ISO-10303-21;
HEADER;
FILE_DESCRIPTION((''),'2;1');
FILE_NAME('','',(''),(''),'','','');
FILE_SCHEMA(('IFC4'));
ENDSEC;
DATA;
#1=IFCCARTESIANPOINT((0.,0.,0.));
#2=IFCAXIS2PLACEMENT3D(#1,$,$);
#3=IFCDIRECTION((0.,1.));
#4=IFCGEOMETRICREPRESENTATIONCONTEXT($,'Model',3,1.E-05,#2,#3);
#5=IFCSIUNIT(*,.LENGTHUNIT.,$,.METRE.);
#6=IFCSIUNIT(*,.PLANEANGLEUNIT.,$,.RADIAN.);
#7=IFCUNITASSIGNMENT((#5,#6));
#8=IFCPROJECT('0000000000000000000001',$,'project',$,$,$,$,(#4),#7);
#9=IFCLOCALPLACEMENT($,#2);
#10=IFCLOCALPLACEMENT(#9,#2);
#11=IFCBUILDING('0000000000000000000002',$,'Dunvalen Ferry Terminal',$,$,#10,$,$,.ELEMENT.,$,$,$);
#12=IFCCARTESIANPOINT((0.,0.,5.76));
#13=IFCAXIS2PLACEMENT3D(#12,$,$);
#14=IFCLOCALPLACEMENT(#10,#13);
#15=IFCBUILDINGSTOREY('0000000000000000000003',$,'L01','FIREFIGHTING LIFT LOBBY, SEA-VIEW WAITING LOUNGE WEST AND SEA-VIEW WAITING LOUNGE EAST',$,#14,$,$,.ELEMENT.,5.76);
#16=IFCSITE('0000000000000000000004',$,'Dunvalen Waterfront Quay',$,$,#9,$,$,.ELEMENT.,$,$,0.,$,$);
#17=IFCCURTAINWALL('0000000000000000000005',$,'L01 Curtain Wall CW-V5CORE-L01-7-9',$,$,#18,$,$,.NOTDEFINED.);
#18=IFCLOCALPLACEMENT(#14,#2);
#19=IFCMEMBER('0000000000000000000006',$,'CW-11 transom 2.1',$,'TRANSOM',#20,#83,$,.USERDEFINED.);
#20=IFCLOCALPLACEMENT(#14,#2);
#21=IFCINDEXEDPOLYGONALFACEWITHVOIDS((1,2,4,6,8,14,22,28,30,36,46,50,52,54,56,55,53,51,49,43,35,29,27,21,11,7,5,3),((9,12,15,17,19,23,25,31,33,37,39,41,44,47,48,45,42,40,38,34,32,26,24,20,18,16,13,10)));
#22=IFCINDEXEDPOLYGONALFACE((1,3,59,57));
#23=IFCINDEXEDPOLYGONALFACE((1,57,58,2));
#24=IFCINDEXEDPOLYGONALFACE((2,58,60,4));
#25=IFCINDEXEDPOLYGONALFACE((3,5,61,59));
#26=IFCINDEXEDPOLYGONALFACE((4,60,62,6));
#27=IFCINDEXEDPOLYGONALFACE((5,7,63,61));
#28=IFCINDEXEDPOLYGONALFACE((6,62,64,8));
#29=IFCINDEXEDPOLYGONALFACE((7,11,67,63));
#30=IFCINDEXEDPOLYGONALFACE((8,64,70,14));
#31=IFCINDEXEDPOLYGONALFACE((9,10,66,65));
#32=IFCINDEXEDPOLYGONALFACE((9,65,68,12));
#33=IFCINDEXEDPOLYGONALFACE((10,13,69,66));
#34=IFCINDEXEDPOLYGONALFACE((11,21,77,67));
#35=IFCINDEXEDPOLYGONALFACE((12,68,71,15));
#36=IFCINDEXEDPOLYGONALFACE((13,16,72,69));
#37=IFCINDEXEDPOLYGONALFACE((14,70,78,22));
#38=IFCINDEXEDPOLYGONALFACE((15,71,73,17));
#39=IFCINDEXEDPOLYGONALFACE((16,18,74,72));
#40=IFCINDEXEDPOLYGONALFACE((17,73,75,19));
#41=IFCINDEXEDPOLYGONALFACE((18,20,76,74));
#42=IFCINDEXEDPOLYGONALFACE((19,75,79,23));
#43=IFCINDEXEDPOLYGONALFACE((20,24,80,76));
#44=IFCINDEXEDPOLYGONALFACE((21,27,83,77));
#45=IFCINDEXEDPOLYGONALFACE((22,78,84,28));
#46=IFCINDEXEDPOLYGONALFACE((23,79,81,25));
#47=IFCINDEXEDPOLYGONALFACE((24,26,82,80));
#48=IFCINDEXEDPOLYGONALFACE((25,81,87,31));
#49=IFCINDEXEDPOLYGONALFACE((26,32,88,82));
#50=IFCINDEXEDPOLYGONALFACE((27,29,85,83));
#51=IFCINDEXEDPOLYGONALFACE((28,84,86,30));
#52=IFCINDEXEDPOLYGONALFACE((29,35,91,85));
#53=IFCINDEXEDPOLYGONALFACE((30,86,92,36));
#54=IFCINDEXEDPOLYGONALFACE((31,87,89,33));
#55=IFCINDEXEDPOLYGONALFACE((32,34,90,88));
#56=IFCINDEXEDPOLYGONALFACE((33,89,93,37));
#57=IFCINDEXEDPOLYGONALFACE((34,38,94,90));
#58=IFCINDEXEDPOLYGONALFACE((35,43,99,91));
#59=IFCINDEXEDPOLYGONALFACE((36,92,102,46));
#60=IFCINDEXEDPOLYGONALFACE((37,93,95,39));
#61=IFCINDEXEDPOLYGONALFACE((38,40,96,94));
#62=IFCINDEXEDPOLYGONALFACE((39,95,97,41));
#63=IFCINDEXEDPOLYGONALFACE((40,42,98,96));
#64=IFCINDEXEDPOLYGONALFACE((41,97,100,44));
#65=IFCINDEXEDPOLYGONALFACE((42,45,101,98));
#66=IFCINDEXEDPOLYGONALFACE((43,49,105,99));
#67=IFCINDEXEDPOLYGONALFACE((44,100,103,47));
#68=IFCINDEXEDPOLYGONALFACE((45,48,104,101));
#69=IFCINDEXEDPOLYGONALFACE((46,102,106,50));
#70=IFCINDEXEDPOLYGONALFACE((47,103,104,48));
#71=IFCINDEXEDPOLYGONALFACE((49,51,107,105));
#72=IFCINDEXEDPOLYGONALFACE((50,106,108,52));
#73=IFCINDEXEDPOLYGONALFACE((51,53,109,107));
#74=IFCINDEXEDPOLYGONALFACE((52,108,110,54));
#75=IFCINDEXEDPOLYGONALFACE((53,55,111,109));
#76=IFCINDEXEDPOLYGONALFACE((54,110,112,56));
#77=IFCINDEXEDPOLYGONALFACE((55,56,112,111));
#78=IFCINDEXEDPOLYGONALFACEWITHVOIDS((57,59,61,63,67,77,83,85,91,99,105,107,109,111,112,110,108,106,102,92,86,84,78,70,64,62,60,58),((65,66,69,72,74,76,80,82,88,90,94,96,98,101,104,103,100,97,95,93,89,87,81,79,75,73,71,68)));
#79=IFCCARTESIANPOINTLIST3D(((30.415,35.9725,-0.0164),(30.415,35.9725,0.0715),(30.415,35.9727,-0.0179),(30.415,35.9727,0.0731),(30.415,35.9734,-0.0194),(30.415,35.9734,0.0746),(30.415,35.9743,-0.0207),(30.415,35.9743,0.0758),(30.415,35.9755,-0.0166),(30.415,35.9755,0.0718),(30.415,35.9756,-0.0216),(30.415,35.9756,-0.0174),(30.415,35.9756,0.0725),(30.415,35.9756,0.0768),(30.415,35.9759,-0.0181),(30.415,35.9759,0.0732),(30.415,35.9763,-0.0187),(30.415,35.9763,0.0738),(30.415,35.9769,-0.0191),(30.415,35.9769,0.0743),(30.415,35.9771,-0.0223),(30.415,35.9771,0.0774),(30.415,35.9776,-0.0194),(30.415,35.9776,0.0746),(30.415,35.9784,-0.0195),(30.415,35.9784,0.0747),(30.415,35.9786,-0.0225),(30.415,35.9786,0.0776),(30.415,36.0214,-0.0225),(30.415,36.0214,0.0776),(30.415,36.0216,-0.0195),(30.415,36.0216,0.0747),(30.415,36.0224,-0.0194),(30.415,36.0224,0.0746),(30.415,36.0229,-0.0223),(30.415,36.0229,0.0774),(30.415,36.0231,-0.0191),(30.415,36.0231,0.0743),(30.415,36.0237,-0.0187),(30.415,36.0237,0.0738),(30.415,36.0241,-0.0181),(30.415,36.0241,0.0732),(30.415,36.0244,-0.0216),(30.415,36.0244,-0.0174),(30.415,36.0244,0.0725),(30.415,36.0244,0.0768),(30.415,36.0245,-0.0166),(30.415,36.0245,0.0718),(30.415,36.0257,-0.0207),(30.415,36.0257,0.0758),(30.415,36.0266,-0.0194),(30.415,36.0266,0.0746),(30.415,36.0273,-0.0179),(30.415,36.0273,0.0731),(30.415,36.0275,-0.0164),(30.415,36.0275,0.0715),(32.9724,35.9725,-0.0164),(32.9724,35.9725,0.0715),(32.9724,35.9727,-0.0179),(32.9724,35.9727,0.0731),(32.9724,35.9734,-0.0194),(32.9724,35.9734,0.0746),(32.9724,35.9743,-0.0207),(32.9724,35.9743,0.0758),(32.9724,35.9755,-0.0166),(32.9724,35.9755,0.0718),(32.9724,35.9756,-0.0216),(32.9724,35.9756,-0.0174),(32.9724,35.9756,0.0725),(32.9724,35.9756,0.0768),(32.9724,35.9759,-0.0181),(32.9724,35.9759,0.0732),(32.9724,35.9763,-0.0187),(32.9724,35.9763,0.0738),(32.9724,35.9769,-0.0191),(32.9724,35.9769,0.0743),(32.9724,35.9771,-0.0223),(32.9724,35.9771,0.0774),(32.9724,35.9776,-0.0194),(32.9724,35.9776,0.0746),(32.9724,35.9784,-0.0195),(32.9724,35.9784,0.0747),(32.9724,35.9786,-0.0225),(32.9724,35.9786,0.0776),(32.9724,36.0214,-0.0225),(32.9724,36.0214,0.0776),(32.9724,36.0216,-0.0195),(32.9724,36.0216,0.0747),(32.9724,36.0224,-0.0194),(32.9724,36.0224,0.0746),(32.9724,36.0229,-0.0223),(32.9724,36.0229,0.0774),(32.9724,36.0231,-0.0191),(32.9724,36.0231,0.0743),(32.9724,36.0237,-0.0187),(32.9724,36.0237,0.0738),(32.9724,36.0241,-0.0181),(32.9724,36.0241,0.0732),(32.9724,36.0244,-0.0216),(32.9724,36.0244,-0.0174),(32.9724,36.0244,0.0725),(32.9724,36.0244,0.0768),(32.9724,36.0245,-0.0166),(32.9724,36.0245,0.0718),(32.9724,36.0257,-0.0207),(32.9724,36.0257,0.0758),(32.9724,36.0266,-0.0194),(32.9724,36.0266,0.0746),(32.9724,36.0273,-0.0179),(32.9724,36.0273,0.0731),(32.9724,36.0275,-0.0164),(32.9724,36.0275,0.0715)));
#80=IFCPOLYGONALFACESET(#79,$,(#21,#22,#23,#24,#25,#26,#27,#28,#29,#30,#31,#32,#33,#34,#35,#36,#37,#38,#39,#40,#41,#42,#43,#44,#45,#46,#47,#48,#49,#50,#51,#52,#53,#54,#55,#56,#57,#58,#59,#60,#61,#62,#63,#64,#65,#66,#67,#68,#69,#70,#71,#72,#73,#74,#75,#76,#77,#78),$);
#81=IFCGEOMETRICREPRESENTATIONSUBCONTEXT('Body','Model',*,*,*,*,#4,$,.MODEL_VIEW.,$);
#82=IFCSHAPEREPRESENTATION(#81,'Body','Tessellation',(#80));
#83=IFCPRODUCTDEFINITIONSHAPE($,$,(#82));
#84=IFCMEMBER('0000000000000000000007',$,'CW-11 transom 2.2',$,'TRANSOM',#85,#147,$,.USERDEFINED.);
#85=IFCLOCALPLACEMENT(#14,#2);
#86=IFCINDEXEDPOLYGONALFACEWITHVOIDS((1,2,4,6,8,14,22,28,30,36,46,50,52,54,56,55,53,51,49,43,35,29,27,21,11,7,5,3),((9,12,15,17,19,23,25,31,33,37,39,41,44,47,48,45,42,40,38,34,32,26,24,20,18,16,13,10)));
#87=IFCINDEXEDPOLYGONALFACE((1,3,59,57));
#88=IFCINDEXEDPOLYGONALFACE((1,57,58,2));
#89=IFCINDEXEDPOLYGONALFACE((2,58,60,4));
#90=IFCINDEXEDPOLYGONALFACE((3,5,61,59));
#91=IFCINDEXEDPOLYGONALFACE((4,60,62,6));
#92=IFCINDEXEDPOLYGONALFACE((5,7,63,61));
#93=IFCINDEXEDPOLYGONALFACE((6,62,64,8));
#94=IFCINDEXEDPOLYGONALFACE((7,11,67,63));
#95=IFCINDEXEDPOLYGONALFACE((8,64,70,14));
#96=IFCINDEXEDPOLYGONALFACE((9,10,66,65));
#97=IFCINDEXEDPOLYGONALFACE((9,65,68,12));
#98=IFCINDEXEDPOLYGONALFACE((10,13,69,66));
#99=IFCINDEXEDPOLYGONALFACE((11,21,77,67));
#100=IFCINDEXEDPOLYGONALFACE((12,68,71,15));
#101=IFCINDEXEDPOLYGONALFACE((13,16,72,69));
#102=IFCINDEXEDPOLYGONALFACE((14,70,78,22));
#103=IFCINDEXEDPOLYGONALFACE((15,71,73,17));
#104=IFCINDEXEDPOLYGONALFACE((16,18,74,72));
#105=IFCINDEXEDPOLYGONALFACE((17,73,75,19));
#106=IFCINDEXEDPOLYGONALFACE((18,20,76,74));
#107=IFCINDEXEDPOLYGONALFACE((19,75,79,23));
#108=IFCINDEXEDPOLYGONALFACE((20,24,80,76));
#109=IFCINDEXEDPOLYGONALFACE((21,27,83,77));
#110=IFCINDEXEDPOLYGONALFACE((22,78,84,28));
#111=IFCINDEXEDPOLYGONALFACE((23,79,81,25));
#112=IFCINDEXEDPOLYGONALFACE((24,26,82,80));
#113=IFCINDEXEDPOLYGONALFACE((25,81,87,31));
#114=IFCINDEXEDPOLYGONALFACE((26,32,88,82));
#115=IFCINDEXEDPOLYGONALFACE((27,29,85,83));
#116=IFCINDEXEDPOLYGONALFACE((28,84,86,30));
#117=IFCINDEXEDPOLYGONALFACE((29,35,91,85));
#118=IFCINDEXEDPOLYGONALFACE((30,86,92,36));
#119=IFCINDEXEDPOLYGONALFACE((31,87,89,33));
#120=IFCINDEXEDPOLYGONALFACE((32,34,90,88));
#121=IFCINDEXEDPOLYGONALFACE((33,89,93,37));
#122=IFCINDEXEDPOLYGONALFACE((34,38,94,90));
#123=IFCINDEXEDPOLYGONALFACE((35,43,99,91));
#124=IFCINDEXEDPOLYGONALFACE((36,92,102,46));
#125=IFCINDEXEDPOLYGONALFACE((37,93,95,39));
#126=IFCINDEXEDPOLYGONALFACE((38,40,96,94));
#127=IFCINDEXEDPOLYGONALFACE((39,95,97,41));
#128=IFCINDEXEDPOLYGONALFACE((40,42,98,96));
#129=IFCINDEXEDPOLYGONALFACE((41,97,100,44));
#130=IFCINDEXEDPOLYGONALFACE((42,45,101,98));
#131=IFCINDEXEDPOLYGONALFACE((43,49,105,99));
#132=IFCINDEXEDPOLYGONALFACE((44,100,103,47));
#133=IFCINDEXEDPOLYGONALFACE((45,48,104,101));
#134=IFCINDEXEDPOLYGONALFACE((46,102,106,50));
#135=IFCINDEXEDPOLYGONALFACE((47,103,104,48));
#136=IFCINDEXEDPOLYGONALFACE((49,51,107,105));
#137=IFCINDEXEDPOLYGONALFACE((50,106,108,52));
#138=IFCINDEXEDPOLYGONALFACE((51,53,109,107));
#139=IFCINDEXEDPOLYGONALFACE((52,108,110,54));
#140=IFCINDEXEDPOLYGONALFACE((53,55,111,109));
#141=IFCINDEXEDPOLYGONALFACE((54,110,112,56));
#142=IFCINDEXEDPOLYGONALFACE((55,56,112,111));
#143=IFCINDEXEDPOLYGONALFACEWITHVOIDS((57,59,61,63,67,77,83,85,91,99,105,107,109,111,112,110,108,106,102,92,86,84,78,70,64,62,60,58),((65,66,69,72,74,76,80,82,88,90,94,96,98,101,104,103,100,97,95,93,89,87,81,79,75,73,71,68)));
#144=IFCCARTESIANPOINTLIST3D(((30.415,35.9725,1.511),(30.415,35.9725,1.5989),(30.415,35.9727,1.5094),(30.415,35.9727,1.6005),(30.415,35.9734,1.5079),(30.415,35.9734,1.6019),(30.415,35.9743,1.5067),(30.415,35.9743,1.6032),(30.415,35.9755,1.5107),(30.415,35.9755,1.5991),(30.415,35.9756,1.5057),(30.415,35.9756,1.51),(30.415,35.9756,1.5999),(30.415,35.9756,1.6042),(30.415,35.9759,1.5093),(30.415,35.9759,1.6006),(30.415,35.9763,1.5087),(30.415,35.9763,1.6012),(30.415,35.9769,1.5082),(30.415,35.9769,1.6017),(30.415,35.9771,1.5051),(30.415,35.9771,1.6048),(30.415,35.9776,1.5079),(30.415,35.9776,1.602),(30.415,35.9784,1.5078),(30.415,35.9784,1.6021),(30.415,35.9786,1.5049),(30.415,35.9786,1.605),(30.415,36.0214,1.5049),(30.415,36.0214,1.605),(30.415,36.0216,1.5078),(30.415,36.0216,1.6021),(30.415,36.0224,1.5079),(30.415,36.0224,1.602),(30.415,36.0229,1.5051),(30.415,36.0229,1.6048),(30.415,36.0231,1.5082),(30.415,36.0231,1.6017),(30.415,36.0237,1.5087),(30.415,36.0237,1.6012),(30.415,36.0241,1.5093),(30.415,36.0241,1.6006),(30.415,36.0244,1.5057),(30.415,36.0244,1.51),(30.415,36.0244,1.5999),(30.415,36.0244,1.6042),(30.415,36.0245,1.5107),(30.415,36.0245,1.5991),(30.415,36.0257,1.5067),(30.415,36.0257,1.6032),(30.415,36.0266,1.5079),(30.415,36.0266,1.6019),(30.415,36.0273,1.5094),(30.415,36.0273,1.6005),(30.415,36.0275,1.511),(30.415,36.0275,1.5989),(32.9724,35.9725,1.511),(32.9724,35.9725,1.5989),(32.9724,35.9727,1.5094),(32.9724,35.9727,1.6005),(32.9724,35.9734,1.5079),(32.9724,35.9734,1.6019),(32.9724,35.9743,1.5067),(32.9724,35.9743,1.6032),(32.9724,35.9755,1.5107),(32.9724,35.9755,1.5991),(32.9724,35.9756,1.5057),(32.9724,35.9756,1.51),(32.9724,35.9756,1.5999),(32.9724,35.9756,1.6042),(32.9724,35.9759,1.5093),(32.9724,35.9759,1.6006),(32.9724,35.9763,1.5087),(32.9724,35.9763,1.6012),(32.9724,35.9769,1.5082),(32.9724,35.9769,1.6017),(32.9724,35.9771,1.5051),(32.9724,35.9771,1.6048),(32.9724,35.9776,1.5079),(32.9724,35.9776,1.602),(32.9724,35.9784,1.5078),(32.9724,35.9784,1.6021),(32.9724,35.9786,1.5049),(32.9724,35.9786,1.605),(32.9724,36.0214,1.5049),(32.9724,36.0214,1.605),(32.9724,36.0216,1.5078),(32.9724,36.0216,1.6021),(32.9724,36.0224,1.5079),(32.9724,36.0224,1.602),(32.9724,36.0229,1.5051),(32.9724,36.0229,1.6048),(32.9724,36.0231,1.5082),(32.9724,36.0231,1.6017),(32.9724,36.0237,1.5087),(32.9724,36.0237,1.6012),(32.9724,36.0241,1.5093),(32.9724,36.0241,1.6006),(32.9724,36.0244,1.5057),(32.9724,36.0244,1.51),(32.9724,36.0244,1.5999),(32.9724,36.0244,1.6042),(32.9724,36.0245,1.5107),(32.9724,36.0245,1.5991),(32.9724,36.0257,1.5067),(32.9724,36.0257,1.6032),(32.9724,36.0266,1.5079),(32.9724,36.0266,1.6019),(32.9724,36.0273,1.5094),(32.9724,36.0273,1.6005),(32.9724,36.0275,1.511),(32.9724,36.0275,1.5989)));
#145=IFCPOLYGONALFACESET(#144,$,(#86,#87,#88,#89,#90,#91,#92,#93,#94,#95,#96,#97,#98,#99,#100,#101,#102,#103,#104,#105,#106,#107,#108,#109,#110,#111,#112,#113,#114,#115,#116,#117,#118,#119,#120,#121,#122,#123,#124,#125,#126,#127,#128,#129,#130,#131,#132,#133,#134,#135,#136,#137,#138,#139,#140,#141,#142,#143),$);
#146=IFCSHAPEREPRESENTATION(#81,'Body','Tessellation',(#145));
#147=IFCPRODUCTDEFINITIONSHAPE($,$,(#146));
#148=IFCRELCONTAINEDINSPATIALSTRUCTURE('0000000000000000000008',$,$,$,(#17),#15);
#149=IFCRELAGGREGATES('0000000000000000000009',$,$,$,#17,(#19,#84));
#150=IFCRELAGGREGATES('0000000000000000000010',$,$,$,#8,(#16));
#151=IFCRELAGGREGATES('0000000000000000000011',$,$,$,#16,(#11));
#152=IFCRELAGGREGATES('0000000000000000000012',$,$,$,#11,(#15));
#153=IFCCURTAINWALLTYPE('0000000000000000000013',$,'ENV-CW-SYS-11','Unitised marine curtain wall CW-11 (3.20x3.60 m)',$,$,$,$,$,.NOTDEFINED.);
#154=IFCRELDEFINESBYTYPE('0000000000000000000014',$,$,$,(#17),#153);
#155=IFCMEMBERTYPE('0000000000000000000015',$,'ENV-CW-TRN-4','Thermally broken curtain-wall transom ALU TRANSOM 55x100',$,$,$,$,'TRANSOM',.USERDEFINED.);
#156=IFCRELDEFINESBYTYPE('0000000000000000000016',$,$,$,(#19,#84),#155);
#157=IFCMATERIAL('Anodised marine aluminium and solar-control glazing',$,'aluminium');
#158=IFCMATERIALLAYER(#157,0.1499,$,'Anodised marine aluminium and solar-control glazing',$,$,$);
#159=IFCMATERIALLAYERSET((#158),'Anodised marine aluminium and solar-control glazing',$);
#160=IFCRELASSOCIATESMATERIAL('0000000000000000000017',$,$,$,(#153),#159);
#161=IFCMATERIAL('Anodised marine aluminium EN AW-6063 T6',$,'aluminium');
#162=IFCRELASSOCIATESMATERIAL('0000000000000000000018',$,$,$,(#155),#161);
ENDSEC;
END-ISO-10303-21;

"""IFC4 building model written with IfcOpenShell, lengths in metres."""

from ifc_helpers import new_model, si_unit, direction, frame, origin, origin_2d, place, context, subcontext, project, spatial, hollow_rectangle, extrude, material, layer, layer_set, material_profile, profile_set, type_object, element, aggregate, save


model = new_model("IFC4")

# Units and contexts
model_context = context("Model", 3, precision=1e-05, world=origin(), true_north=direction((0.0, 1.0)))
body_context = subcontext(model_context, "Body", "Model", "MODEL_VIEW")
ifc_project = project(units=[si_unit("LENGTHUNIT", "METRE"), si_unit("PLANEANGLEUNIT", "RADIAN")], contexts=[model_context])

# Site, building, storey
site_placement = place(None, origin())
site = spatial("IfcSite", under=ifc_project, at=site_placement, Name="Dunvalen Waterfront Quay", CompositionType="ELEMENT", RefElevation=0.0)
building_placement = place(site_placement, origin())
building = spatial("IfcBuilding", under=site, at=building_placement, Name="Dunvalen Ferry Terminal", CompositionType="ELEMENT")
storey_placement = place(building_placement, frame((0.0, 0.0, 5.76)))
storey = spatial("IfcBuildingStorey", under=building, at=storey_placement, Name="L01", Description="FIREFIGHTING LIFT LOBBY, SEA-VIEW WAITING LOUNGE WEST AND SEA-VIEW WAITING LOUNGE EAST", CompositionType="ELEMENT", Elevation=5.76)

# Shared definitions
ifc_material_1 = material(Name="Anodised marine aluminium and solar-control glazing", Category="aluminium")
ifc_layer_1 = layer(ifc_material_1, 0.1499, Name="Anodised marine aluminium and solar-control glazing")
ifc_layer_set_1 = layer_set([ifc_layer_1], Name="Anodised marine aluminium and solar-control glazing")
curtain_wall_type = type_object("IfcCurtainWallType", Name="ENV-CW-SYS-11", Description="Unitised marine curtain wall CW-11 (3.20x3.60 m)", PredefinedType="NOTDEFINED", material=ifc_layer_set_1)
ifc_material_2 = material(Name="Anodised marine aluminium EN AW-6063 T6", Category="aluminium")

# Curtain wall, members
curtain_wall_1_placement = place(storey_placement, origin())
curtain_wall_1 = element("IfcCurtainWall", 1, at=curtain_wall_1_placement, inside=storey, type_object=curtain_wall_type, Name="L01 Curtain Wall CW-V5CORE-L01-7-9", PredefinedType="NOTDEFINED")
ifc_material_profile_1 = material_profile(ifc_material_2, hollow_rectangle(XDim=0.0549, YDim=0.1001, WallThickness=0.0029, InnerFilletRadius=0.0029, OuterFilletRadius=0.0061, at=origin_2d()), Name="Anodised marine aluminium EN AW-6063 T6")
ifc_profile_set_1 = profile_set([ifc_material_profile_1], Name="Anodised marine aluminium EN AW-6063 T6")
member_type_1 = type_object("IfcMemberType", Name="ENV-CW-TRN-4", Description="Thermally broken curtain-wall transom ALU TRANSOM 55x100", ElementType="TRANSOM", PredefinedType="USERDEFINED", material=ifc_profile_set_1)
member_1_placement = place(storey_placement, frame((32.9724, 36.0, 0.0276), z_axis=(-1.0, 0.0, 0.0), x_axis=(0.0, -1.0, 0.0)))
member_1 = element("IfcMember", 2, at=member_1_placement, type_object=member_type_1, Name="CW-11 transom 2.1", ObjectType="TRANSOM", PredefinedType="USERDEFINED", context=body_context, shape_type="SweptSolid", body=[
    extrude(hollow_rectangle(XDim=0.0549, YDim=0.1001, WallThickness=0.0029, InnerFilletRadius=0.0029, OuterFilletRadius=0.0061, at=origin_2d()), origin(), (0.0, 0.0, 1.0), 2.5574),
])
member_2_placement = place(storey_placement, frame((32.9724, 36.0, 1.5549), z_axis=(-1.0, 0.0, 0.0), x_axis=(0.0, -1.0, 0.0)))
member_2 = element("IfcMember", 3, at=member_2_placement, type_object=member_type_1, Name="CW-11 transom 2.2", ObjectType="TRANSOM", PredefinedType="USERDEFINED", context=body_context, shape_type="SweptSolid", body=[
    extrude(hollow_rectangle(XDim=0.0549, YDim=0.1001, WallThickness=0.0029, InnerFilletRadius=0.0029, OuterFilletRadius=0.0061, at=origin_2d()), origin(), (0.0, 0.0, 1.0), 2.5574),
])

aggregate(curtain_wall_1, [member_1, member_2])

save(model, "model.ifc")
